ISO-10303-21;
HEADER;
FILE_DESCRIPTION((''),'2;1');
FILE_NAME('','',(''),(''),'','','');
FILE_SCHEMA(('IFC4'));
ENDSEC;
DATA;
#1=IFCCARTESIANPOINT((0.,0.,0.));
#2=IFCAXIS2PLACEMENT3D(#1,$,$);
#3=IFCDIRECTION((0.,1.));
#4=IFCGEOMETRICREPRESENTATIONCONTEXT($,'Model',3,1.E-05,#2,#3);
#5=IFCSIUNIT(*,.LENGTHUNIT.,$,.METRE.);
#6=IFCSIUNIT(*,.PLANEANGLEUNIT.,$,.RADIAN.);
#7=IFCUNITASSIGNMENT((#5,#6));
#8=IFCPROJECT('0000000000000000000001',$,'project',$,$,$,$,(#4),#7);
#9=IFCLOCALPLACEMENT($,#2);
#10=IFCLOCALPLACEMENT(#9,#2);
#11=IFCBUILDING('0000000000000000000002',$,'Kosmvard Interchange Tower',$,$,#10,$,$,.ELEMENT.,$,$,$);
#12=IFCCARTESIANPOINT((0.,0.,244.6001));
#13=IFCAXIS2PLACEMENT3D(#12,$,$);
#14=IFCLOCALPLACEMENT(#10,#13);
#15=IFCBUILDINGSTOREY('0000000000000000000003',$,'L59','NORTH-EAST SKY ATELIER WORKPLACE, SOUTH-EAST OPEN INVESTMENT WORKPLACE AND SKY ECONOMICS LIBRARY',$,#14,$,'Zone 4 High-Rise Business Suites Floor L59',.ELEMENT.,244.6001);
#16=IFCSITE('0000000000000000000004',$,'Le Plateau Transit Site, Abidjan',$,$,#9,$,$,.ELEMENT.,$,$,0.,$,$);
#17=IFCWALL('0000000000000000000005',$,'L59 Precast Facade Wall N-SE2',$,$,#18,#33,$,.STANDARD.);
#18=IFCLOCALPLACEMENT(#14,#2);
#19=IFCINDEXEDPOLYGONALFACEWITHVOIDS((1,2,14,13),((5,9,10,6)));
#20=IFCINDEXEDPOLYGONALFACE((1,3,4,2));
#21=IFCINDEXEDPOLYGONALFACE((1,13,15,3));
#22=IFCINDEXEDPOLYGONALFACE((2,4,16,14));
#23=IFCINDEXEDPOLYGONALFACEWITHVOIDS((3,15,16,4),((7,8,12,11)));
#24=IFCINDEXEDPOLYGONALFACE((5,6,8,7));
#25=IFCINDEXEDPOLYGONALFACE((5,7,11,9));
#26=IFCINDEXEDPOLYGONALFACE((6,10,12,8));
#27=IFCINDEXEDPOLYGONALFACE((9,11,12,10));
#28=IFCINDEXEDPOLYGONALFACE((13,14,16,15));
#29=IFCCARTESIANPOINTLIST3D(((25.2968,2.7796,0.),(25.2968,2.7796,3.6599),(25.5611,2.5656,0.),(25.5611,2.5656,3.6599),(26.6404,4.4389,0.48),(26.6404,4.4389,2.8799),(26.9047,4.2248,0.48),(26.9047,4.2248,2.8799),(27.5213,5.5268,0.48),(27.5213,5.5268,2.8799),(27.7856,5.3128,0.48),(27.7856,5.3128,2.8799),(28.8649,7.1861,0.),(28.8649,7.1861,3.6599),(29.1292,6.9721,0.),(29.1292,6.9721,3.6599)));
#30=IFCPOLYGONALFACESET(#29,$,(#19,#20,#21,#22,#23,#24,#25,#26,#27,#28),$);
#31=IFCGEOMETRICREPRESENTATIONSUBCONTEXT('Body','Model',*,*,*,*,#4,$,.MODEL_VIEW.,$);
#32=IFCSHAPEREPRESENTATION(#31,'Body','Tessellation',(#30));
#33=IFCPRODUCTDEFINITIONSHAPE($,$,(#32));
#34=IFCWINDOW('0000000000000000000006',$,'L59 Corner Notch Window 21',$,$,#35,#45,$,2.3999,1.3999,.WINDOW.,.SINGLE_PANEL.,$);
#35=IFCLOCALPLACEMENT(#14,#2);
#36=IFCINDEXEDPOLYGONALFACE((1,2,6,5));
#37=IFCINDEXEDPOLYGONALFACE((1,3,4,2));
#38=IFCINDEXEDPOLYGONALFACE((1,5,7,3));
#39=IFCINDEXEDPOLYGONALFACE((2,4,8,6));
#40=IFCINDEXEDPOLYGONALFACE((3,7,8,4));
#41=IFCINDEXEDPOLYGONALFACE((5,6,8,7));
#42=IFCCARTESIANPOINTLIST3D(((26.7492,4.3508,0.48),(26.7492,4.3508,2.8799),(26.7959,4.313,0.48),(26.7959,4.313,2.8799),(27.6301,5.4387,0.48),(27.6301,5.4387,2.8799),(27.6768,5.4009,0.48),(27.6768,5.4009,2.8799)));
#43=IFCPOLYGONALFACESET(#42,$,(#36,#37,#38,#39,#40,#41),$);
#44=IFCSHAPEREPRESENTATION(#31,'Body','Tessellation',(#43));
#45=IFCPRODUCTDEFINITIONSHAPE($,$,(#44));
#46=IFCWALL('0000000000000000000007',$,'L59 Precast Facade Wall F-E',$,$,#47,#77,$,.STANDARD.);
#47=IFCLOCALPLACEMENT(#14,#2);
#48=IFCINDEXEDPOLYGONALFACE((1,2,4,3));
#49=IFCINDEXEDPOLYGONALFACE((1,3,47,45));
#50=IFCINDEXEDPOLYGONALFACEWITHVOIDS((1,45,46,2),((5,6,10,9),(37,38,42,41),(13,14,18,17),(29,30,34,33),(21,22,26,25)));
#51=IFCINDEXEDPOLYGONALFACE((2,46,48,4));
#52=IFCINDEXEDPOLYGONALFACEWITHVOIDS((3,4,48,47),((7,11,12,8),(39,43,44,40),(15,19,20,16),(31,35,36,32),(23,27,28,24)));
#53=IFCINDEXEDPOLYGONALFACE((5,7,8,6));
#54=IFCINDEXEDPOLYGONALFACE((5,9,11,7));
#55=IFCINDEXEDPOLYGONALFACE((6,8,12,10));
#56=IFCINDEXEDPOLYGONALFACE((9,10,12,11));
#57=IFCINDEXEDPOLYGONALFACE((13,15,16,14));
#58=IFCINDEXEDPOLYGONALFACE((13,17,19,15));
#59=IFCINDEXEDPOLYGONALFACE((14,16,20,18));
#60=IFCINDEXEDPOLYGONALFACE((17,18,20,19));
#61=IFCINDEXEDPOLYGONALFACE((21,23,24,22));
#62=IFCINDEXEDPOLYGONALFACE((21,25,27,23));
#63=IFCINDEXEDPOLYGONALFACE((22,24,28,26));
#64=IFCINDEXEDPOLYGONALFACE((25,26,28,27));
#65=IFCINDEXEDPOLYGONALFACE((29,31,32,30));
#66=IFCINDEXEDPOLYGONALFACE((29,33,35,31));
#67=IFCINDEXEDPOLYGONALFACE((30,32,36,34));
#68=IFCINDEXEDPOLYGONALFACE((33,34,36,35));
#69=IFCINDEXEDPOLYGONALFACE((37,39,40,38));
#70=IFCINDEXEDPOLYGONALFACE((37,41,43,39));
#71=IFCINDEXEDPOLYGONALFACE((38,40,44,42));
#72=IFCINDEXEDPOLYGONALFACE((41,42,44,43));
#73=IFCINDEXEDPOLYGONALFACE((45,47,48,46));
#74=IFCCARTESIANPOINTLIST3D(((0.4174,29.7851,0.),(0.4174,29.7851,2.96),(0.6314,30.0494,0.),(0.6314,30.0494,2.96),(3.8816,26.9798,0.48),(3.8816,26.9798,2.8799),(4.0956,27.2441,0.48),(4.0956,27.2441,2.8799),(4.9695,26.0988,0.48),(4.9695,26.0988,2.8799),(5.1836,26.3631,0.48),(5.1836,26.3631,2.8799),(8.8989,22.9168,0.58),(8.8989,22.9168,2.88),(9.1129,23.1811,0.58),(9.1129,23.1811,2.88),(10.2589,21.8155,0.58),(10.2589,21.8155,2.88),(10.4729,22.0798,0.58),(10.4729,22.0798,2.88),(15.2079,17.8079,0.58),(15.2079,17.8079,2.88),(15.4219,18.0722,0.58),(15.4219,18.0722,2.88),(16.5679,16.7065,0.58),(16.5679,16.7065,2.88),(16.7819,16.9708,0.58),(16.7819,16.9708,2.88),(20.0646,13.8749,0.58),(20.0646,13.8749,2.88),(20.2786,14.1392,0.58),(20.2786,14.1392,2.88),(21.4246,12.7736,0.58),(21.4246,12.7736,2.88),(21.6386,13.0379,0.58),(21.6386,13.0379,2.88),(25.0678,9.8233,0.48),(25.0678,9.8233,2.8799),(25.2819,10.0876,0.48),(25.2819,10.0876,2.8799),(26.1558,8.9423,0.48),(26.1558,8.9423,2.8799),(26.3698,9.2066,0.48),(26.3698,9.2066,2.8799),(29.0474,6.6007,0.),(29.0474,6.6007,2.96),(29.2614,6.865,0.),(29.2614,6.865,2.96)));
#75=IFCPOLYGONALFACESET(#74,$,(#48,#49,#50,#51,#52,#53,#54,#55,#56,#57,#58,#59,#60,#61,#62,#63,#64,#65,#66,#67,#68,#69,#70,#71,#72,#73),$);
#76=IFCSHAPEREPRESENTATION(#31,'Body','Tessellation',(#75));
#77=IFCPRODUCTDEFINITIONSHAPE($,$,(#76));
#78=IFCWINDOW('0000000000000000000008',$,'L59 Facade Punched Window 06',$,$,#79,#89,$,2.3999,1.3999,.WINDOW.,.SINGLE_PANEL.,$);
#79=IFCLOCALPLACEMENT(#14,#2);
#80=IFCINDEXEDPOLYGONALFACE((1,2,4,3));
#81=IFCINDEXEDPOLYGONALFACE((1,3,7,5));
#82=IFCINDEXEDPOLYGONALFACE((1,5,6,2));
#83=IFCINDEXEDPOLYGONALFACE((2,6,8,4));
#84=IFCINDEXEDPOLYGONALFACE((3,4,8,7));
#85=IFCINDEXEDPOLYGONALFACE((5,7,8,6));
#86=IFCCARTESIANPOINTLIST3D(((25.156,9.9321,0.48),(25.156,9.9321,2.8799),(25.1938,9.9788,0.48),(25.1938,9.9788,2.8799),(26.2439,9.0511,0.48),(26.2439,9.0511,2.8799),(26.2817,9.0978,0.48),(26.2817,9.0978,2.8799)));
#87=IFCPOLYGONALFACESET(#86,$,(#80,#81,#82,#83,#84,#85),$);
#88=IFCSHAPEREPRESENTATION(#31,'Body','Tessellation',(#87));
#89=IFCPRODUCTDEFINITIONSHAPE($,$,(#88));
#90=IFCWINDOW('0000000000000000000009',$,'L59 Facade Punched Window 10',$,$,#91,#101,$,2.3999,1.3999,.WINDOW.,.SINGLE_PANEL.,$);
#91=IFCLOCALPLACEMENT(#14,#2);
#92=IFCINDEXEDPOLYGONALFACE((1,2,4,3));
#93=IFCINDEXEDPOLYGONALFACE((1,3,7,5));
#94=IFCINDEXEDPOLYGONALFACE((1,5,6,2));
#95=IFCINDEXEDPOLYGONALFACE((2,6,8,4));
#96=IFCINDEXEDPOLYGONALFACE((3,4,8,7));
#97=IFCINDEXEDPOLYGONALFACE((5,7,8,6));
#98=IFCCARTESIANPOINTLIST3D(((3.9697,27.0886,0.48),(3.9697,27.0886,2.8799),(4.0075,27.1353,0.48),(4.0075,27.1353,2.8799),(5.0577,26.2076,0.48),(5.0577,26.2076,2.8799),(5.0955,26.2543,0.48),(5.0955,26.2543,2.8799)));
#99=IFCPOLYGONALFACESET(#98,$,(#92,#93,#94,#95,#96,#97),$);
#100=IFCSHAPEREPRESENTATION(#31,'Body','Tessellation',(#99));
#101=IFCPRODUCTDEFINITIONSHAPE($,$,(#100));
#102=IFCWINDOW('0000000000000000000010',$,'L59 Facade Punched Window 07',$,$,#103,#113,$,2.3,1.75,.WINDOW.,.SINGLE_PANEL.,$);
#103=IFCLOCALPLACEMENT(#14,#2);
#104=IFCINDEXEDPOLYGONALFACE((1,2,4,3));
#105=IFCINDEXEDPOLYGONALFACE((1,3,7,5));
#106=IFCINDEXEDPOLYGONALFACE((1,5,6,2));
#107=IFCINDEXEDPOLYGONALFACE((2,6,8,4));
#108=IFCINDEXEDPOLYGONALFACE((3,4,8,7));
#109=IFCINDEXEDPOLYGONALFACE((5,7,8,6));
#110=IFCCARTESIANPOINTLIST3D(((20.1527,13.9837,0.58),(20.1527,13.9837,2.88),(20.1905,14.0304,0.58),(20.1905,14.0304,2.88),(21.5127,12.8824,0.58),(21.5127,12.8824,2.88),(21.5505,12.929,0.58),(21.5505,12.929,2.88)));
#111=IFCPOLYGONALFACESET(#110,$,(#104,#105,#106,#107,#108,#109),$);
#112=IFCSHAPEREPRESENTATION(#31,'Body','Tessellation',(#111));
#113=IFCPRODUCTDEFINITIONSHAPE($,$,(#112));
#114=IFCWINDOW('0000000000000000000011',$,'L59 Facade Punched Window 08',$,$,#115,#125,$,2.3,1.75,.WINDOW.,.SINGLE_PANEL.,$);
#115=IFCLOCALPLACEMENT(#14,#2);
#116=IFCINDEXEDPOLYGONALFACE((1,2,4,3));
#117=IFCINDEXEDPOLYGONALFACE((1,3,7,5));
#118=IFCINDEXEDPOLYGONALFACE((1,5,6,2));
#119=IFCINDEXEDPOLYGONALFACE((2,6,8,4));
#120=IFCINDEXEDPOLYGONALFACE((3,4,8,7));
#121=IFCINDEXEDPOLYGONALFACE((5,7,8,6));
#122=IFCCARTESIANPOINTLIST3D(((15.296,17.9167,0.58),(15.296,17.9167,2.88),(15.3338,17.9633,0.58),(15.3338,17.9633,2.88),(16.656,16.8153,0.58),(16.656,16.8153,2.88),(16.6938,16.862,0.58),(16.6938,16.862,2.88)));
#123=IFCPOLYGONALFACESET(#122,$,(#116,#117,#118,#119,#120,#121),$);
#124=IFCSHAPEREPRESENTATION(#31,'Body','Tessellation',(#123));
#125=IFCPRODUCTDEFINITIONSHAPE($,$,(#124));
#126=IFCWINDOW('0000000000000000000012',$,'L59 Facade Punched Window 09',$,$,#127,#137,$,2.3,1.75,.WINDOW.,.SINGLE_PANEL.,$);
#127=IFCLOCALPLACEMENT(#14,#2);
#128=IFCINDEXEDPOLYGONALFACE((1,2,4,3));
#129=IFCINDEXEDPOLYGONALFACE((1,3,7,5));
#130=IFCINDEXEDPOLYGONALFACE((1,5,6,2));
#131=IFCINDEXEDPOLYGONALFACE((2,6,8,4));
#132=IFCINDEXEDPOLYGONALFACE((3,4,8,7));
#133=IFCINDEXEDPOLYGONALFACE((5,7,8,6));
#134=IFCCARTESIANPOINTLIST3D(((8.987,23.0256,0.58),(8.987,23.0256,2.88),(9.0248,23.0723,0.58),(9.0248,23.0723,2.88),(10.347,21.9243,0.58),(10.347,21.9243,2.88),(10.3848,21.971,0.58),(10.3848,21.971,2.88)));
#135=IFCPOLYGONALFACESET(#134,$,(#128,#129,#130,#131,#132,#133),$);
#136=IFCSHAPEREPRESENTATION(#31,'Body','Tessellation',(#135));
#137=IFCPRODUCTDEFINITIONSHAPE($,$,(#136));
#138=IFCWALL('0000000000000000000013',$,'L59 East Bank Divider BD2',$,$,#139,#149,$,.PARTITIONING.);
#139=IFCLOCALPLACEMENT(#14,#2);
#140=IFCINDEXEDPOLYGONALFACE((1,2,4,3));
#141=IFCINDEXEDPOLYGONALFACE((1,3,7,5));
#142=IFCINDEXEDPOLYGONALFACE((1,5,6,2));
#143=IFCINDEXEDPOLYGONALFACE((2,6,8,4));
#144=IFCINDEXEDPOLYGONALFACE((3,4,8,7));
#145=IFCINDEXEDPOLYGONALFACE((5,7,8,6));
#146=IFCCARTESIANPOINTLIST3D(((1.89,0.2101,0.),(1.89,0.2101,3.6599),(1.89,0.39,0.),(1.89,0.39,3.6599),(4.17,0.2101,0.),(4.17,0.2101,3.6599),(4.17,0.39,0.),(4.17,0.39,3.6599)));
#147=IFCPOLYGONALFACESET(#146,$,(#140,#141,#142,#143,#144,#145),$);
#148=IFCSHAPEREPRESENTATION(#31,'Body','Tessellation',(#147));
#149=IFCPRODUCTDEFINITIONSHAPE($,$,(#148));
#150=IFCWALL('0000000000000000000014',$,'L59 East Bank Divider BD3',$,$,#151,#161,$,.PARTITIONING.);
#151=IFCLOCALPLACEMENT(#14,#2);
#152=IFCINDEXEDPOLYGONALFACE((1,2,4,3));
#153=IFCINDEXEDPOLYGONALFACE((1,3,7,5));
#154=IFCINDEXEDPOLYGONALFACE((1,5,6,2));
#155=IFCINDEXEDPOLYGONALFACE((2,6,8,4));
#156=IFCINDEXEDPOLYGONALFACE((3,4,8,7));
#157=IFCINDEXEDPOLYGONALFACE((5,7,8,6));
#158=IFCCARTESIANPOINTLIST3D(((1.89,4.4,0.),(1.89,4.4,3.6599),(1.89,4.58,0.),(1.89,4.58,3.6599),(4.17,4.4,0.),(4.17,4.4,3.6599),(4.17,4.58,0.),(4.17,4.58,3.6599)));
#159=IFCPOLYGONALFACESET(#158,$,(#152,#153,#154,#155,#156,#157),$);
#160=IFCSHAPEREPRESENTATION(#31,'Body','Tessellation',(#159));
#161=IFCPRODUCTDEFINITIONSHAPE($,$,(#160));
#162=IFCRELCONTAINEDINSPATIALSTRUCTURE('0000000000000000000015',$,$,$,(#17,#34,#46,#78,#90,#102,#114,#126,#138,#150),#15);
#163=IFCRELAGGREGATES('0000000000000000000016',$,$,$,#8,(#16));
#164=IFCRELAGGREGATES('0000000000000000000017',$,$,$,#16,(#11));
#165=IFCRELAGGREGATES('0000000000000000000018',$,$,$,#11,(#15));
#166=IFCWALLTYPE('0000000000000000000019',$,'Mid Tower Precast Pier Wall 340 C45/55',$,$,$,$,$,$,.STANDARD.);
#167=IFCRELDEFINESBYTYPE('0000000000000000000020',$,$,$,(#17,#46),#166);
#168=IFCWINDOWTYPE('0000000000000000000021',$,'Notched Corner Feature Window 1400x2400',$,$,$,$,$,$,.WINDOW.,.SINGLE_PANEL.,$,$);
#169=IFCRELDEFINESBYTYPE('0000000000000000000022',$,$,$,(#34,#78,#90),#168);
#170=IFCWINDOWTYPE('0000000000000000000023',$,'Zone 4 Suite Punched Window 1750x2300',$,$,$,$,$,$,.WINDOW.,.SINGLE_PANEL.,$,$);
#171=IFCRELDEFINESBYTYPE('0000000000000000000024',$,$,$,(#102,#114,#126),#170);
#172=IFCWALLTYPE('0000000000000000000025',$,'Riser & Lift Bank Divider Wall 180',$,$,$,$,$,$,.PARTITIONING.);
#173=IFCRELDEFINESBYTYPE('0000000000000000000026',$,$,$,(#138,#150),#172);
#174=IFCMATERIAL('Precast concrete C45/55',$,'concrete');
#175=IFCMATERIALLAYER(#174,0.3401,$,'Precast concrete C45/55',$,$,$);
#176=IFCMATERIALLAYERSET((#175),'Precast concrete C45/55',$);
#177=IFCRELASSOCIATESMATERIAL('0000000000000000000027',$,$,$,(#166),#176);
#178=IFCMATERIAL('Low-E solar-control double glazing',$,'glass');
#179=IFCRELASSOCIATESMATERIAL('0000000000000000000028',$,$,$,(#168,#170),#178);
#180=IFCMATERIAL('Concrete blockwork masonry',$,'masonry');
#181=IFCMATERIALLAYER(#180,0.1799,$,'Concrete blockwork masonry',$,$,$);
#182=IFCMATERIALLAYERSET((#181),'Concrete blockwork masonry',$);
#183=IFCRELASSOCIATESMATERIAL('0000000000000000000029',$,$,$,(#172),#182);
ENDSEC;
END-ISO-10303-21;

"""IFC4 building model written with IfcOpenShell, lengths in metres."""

from ifc_helpers import new_model, si_unit, direction, frame, frame_2d, origin, place, context, subcontext, project, spatial, rectangle, extrude, source, transform, mapped, material, layer, layer_set, type_object, element, fill, save


model = new_model("IFC4")

# Units and contexts
model_context = context("Model", 3, precision=1e-05, world=origin(), true_north=direction((0.0, 1.0)))
body_context = subcontext(model_context, "Body", "Model", "MODEL_VIEW")
ifc_project = project(units=[si_unit("LENGTHUNIT", "METRE"), si_unit("PLANEANGLEUNIT", "RADIAN")], contexts=[model_context])

# Site, building, storey
site_placement = place(None, origin())
site = spatial("IfcSite", under=ifc_project, at=site_placement, Name="Le Plateau Transit Site, Abidjan", CompositionType="ELEMENT", RefElevation=0.0)
building_placement = place(site_placement, origin())
building = spatial("IfcBuilding", under=site, at=building_placement, Name="Kosmvard Interchange Tower", CompositionType="ELEMENT")
storey_placement = place(building_placement, frame((0.0, 0.0, 244.6001)))
storey = spatial("IfcBuildingStorey", under=building, at=storey_placement, Name="L59", Description="NORTH-EAST SKY ATELIER WORKPLACE, SOUTH-EAST OPEN INVESTMENT WORKPLACE AND SKY ECONOMICS LIBRARY", LongName="Zone 4 High-Rise Business Suites Floor L59", CompositionType="ELEMENT", Elevation=244.6001)

# Shared definitions
ifc_material_1 = material(Name="Concrete blockwork masonry", Category="masonry")

# Wall, opening, window
ifc_material_2 = material(Name="Precast concrete C45/55", Category="concrete")
ifc_layer_1 = layer(ifc_material_2, 0.3401, Name="Precast concrete C45/55")
ifc_layer_set_1 = layer_set([ifc_layer_1], Name="Precast concrete C45/55")
wall_type_1 = type_object("IfcWallType", Name="Mid Tower Precast Pier Wall 340 C45/55", PredefinedType="STANDARD", material=ifc_layer_set_1)
wall_1_placement = place(storey_placement, frame((25.429, 2.6726, 0.0), z_axis=(0.0, 0.0, 1.0), x_axis=(0.6293, 0.777163, 0.0)))
wall_1 = element("IfcWall", 1, at=wall_1_placement, inside=storey, type_object=wall_type_1, Name="L59 Precast Facade Wall N-SE2", PredefinedType="STANDARD", context=body_context, shape_type="SweptSolid", body=[
    extrude(rectangle(XDim=5.6699, YDim=0.3401, at=frame_2d((2.835, 0.0))), origin(), (0.0, 0.0, 1.0), 3.6599),
])
opening_1_placement = place(wall_1_placement, frame((2.135, 0.0, 0.48)))
opening_1 = element("IfcOpeningElement", 2, at=opening_1_placement, cuts=wall_1, PredefinedType="OPENING", context=body_context, shape_type="SweptSolid", body=[
    extrude(rectangle(XDim=1.3999, YDim=2.3999, at=frame_2d((0.7, 1.2))), frame((0.0, 0.1802, 0.0), z_axis=(0.0, -1.0, 0.0), x_axis=(1.0, 0.0, 0.0)), (0.0, 0.0, 1.0), 0.3601),
])
ifc_material_3 = material(Name="Low-E solar-control double glazing", Category="glass")
window_type_1 = type_object("IfcWindowType", Name="Notched Corner Feature Window 1400x2400", PartitioningType="SINGLE_PANEL", PredefinedType="WINDOW", material=ifc_material_3)
shared_shape_1 = source(origin(), body_context, "Body", "SweptSolid", [
    extrude(rectangle(XDim=1.3999, YDim=2.3999, at=frame_2d((0.7, 1.2))), frame((0.0, 0.03, 0.0), z_axis=(0.0, -1.0, 0.0), x_axis=(1.0, 0.0, 0.0)), (0.0, 0.0, 1.0), 0.0601),
])
window_1_placement = place(opening_1_placement, origin())
window_1 = element("IfcWindow", 3, at=window_1_placement, inside=storey, type_object=window_type_1, Name="L59 Corner Notch Window 21", OverallHeight=2.3999, OverallWidth=1.3999, PartitioningType="SINGLE_PANEL", PredefinedType="WINDOW", context=body_context, shape_type="MappedRepresentation", body=[
    mapped(shared_shape_1, transform((0.0, 0.0, 0.0), scale=1.0)),
])
fill(opening_1, window_1)

# Wall, openings, windows
wall_2_placement = place(storey_placement, frame((29.1543, 6.7329, 0.0), z_axis=(0.0, 0.0, 1.0), x_axis=(-0.777142, 0.629325, 0.0)))
wall_2 = element("IfcWall", 4, at=wall_2_placement, inside=storey, type_object=wall_type_1, Name="L59 Precast Facade Wall F-E", PredefinedType="STANDARD", context=body_context, shape_type="SweptSolid", body=[
    extrude(rectangle(XDim=36.8401, YDim=0.3401, at=frame_2d((18.4199, 0.0))), origin(), (0.0, 0.0, 1.0), 2.96),
])
opening_2_placement = place(wall_2_placement, frame((3.7207, 0.0, 0.48)))
opening_2 = element("IfcOpeningElement", 5, at=opening_2_placement, cuts=wall_2, PredefinedType="OPENING", context=body_context, shape_type="SweptSolid", body=[
    extrude(rectangle(XDim=1.3999, YDim=2.3999, at=frame_2d((0.7, 1.2))), frame((0.0, 0.1802, 0.0), z_axis=(0.0, -1.0, 0.0), x_axis=(1.0, 0.0, 0.0)), (0.0, 0.0, 1.0), 0.3601),
])
opening_3_placement = place(wall_2_placement, frame((9.8086, 0.0, 0.5801)))
opening_3 = element("IfcOpeningElement", 6, at=opening_3_placement, cuts=wall_2, PredefinedType="OPENING", context=body_context, shape_type="SweptSolid", body=[
    extrude(rectangle(XDim=1.75, YDim=2.3, at=frame_2d((0.875, 1.1499))), frame((0.0, 0.1802, 0.0), z_axis=(0.0, -1.0, 0.0), x_axis=(1.0, 0.0, 0.0)), (0.0, 0.0, 1.0), 0.3601),
])
opening_4_placement = place(wall_2_placement, frame((16.0581, 0.0, 0.5801)))
opening_4 = element("IfcOpeningElement", 7, at=opening_4_placement, cuts=wall_2, PredefinedType="OPENING", context=body_context, shape_type="SweptSolid", body=[
    extrude(rectangle(XDim=1.75, YDim=2.3, at=frame_2d((0.875, 1.1499))), frame((0.0, 0.1802, 0.0), z_axis=(0.0, -1.0, 0.0), x_axis=(1.0, 0.0, 0.0)), (0.0, 0.0, 1.0), 0.3601),
])
opening_5_placement = place(wall_2_placement, frame((24.1763, 0.0, 0.5801)))
opening_5 = element("IfcOpeningElement", 8, at=opening_5_placement, cuts=wall_2, PredefinedType="OPENING", context=body_context, shape_type="SweptSolid", body=[
    extrude(rectangle(XDim=1.75, YDim=2.3, at=frame_2d((0.875, 1.1499))), frame((0.0, 0.1802, 0.0), z_axis=(0.0, -1.0, 0.0), x_axis=(1.0, 0.0, 0.0)), (0.0, 0.0, 1.0), 0.3601),
])
opening_6_placement = place(wall_2_placement, frame((30.9824, 0.0, 0.48)))
opening_6 = element("IfcOpeningElement", 9, at=opening_6_placement, cuts=wall_2, PredefinedType="OPENING", context=body_context, shape_type="SweptSolid", body=[
    extrude(rectangle(XDim=1.3999, YDim=2.3999, at=frame_2d((0.7, 1.2))), frame((0.0, 0.1802, 0.0), z_axis=(0.0, -1.0, 0.0), x_axis=(1.0, 0.0, 0.0)), (0.0, 0.0, 1.0), 0.3601),
])
window_2_placement = place(opening_2_placement, origin())
window_2 = element("IfcWindow", 10, at=window_2_placement, inside=storey, type_object=window_type_1, Name="L59 Facade Punched Window 06", OverallHeight=2.3999, OverallWidth=1.3999, PartitioningType="SINGLE_PANEL", PredefinedType="WINDOW", context=body_context, shape_type="MappedRepresentation", body=[
    mapped(shared_shape_1, transform((0.0, 0.0, 0.0), scale=1.0)),
])
fill(opening_2, window_2)
window_3_placement = place(opening_6_placement, origin())
window_3 = element("IfcWindow", 11, at=window_3_placement, inside=storey, type_object=window_type_1, Name="L59 Facade Punched Window 10", OverallHeight=2.3999, OverallWidth=1.3999, PartitioningType="SINGLE_PANEL", PredefinedType="WINDOW", context=body_context, shape_type="MappedRepresentation", body=[
    mapped(shared_shape_1, transform((0.0, 0.0, 0.0), scale=1.0)),
])
fill(opening_6, window_3)
window_type_2 = type_object("IfcWindowType", Name="Zone 4 Suite Punched Window 1750x2300", PartitioningType="SINGLE_PANEL", PredefinedType="WINDOW", material=ifc_material_3)
shared_shape_2 = source(origin(), body_context, "Body", "SweptSolid", [
    extrude(rectangle(XDim=1.75, YDim=2.3, at=frame_2d((0.875, 1.1499))), frame((0.0, 0.03, 0.0), z_axis=(0.0, -1.0, 0.0), x_axis=(1.0, 0.0, 0.0)), (0.0, 0.0, 1.0), 0.0601),
])
window_4_placement = place(opening_3_placement, origin())
window_4 = element("IfcWindow", 12, at=window_4_placement, inside=storey, type_object=window_type_2, Name="L59 Facade Punched Window 07", OverallHeight=2.3, OverallWidth=1.75, PartitioningType="SINGLE_PANEL", PredefinedType="WINDOW", context=body_context, shape_type="MappedRepresentation", body=[
    mapped(shared_shape_2, transform((0.0, 0.0, 0.0), scale=1.0)),
])
fill(opening_3, window_4)
window_5_placement = place(opening_4_placement, origin())
window_5 = element("IfcWindow", 13, at=window_5_placement, inside=storey, type_object=window_type_2, Name="L59 Facade Punched Window 08", OverallHeight=2.3, OverallWidth=1.75, PartitioningType="SINGLE_PANEL", PredefinedType="WINDOW", context=body_context, shape_type="MappedRepresentation", body=[
    mapped(shared_shape_2, transform((0.0, 0.0, 0.0), scale=1.0)),
])
fill(opening_4, window_5)
window_6_placement = place(opening_5_placement, origin())
window_6 = element("IfcWindow", 14, at=window_6_placement, inside=storey, type_object=window_type_2, Name="L59 Facade Punched Window 09", OverallHeight=2.3, OverallWidth=1.75, PartitioningType="SINGLE_PANEL", PredefinedType="WINDOW", context=body_context, shape_type="MappedRepresentation", body=[
    mapped(shared_shape_2, transform((0.0, 0.0, 0.0), scale=1.0)),
])
fill(opening_5, window_6)

# Walls
ifc_layer_2 = layer(ifc_material_1, 0.1799, Name="Concrete blockwork masonry")
ifc_layer_set_2 = layer_set([ifc_layer_2], Name="Concrete blockwork masonry")
wall_type_2 = type_object("IfcWallType", Name="Riser & Lift Bank Divider Wall 180", PredefinedType="PARTITIONING", material=ifc_layer_set_2)
for number, where, z_axis, x_axis, name in (
    (15, (1.8899, 0.3, 0.0), (0.0, 0.0, 1.0), (1.0, 0.0, 0.0), "L59 East Bank Divider BD2"),
    (16, (1.8899, 4.49, 0.0), (0.0, 0.0, 1.0), (1.0, 0.0, 0.0), "L59 East Bank Divider BD3"),
):
    element("IfcWall", number, at=place(storey_placement, frame(where, z_axis=z_axis, x_axis=x_axis)), inside=storey, type_object=wall_type_2, Name=name, PredefinedType="PARTITIONING", context=body_context, shape_type="SweptSolid", body=[
        extrude(rectangle(XDim=2.28, YDim=0.1799, at=frame_2d((1.1401, 0.0))), origin(), (0.0, 0.0, 1.0), 3.6599),
    ])

save(model, "model.ifc")
